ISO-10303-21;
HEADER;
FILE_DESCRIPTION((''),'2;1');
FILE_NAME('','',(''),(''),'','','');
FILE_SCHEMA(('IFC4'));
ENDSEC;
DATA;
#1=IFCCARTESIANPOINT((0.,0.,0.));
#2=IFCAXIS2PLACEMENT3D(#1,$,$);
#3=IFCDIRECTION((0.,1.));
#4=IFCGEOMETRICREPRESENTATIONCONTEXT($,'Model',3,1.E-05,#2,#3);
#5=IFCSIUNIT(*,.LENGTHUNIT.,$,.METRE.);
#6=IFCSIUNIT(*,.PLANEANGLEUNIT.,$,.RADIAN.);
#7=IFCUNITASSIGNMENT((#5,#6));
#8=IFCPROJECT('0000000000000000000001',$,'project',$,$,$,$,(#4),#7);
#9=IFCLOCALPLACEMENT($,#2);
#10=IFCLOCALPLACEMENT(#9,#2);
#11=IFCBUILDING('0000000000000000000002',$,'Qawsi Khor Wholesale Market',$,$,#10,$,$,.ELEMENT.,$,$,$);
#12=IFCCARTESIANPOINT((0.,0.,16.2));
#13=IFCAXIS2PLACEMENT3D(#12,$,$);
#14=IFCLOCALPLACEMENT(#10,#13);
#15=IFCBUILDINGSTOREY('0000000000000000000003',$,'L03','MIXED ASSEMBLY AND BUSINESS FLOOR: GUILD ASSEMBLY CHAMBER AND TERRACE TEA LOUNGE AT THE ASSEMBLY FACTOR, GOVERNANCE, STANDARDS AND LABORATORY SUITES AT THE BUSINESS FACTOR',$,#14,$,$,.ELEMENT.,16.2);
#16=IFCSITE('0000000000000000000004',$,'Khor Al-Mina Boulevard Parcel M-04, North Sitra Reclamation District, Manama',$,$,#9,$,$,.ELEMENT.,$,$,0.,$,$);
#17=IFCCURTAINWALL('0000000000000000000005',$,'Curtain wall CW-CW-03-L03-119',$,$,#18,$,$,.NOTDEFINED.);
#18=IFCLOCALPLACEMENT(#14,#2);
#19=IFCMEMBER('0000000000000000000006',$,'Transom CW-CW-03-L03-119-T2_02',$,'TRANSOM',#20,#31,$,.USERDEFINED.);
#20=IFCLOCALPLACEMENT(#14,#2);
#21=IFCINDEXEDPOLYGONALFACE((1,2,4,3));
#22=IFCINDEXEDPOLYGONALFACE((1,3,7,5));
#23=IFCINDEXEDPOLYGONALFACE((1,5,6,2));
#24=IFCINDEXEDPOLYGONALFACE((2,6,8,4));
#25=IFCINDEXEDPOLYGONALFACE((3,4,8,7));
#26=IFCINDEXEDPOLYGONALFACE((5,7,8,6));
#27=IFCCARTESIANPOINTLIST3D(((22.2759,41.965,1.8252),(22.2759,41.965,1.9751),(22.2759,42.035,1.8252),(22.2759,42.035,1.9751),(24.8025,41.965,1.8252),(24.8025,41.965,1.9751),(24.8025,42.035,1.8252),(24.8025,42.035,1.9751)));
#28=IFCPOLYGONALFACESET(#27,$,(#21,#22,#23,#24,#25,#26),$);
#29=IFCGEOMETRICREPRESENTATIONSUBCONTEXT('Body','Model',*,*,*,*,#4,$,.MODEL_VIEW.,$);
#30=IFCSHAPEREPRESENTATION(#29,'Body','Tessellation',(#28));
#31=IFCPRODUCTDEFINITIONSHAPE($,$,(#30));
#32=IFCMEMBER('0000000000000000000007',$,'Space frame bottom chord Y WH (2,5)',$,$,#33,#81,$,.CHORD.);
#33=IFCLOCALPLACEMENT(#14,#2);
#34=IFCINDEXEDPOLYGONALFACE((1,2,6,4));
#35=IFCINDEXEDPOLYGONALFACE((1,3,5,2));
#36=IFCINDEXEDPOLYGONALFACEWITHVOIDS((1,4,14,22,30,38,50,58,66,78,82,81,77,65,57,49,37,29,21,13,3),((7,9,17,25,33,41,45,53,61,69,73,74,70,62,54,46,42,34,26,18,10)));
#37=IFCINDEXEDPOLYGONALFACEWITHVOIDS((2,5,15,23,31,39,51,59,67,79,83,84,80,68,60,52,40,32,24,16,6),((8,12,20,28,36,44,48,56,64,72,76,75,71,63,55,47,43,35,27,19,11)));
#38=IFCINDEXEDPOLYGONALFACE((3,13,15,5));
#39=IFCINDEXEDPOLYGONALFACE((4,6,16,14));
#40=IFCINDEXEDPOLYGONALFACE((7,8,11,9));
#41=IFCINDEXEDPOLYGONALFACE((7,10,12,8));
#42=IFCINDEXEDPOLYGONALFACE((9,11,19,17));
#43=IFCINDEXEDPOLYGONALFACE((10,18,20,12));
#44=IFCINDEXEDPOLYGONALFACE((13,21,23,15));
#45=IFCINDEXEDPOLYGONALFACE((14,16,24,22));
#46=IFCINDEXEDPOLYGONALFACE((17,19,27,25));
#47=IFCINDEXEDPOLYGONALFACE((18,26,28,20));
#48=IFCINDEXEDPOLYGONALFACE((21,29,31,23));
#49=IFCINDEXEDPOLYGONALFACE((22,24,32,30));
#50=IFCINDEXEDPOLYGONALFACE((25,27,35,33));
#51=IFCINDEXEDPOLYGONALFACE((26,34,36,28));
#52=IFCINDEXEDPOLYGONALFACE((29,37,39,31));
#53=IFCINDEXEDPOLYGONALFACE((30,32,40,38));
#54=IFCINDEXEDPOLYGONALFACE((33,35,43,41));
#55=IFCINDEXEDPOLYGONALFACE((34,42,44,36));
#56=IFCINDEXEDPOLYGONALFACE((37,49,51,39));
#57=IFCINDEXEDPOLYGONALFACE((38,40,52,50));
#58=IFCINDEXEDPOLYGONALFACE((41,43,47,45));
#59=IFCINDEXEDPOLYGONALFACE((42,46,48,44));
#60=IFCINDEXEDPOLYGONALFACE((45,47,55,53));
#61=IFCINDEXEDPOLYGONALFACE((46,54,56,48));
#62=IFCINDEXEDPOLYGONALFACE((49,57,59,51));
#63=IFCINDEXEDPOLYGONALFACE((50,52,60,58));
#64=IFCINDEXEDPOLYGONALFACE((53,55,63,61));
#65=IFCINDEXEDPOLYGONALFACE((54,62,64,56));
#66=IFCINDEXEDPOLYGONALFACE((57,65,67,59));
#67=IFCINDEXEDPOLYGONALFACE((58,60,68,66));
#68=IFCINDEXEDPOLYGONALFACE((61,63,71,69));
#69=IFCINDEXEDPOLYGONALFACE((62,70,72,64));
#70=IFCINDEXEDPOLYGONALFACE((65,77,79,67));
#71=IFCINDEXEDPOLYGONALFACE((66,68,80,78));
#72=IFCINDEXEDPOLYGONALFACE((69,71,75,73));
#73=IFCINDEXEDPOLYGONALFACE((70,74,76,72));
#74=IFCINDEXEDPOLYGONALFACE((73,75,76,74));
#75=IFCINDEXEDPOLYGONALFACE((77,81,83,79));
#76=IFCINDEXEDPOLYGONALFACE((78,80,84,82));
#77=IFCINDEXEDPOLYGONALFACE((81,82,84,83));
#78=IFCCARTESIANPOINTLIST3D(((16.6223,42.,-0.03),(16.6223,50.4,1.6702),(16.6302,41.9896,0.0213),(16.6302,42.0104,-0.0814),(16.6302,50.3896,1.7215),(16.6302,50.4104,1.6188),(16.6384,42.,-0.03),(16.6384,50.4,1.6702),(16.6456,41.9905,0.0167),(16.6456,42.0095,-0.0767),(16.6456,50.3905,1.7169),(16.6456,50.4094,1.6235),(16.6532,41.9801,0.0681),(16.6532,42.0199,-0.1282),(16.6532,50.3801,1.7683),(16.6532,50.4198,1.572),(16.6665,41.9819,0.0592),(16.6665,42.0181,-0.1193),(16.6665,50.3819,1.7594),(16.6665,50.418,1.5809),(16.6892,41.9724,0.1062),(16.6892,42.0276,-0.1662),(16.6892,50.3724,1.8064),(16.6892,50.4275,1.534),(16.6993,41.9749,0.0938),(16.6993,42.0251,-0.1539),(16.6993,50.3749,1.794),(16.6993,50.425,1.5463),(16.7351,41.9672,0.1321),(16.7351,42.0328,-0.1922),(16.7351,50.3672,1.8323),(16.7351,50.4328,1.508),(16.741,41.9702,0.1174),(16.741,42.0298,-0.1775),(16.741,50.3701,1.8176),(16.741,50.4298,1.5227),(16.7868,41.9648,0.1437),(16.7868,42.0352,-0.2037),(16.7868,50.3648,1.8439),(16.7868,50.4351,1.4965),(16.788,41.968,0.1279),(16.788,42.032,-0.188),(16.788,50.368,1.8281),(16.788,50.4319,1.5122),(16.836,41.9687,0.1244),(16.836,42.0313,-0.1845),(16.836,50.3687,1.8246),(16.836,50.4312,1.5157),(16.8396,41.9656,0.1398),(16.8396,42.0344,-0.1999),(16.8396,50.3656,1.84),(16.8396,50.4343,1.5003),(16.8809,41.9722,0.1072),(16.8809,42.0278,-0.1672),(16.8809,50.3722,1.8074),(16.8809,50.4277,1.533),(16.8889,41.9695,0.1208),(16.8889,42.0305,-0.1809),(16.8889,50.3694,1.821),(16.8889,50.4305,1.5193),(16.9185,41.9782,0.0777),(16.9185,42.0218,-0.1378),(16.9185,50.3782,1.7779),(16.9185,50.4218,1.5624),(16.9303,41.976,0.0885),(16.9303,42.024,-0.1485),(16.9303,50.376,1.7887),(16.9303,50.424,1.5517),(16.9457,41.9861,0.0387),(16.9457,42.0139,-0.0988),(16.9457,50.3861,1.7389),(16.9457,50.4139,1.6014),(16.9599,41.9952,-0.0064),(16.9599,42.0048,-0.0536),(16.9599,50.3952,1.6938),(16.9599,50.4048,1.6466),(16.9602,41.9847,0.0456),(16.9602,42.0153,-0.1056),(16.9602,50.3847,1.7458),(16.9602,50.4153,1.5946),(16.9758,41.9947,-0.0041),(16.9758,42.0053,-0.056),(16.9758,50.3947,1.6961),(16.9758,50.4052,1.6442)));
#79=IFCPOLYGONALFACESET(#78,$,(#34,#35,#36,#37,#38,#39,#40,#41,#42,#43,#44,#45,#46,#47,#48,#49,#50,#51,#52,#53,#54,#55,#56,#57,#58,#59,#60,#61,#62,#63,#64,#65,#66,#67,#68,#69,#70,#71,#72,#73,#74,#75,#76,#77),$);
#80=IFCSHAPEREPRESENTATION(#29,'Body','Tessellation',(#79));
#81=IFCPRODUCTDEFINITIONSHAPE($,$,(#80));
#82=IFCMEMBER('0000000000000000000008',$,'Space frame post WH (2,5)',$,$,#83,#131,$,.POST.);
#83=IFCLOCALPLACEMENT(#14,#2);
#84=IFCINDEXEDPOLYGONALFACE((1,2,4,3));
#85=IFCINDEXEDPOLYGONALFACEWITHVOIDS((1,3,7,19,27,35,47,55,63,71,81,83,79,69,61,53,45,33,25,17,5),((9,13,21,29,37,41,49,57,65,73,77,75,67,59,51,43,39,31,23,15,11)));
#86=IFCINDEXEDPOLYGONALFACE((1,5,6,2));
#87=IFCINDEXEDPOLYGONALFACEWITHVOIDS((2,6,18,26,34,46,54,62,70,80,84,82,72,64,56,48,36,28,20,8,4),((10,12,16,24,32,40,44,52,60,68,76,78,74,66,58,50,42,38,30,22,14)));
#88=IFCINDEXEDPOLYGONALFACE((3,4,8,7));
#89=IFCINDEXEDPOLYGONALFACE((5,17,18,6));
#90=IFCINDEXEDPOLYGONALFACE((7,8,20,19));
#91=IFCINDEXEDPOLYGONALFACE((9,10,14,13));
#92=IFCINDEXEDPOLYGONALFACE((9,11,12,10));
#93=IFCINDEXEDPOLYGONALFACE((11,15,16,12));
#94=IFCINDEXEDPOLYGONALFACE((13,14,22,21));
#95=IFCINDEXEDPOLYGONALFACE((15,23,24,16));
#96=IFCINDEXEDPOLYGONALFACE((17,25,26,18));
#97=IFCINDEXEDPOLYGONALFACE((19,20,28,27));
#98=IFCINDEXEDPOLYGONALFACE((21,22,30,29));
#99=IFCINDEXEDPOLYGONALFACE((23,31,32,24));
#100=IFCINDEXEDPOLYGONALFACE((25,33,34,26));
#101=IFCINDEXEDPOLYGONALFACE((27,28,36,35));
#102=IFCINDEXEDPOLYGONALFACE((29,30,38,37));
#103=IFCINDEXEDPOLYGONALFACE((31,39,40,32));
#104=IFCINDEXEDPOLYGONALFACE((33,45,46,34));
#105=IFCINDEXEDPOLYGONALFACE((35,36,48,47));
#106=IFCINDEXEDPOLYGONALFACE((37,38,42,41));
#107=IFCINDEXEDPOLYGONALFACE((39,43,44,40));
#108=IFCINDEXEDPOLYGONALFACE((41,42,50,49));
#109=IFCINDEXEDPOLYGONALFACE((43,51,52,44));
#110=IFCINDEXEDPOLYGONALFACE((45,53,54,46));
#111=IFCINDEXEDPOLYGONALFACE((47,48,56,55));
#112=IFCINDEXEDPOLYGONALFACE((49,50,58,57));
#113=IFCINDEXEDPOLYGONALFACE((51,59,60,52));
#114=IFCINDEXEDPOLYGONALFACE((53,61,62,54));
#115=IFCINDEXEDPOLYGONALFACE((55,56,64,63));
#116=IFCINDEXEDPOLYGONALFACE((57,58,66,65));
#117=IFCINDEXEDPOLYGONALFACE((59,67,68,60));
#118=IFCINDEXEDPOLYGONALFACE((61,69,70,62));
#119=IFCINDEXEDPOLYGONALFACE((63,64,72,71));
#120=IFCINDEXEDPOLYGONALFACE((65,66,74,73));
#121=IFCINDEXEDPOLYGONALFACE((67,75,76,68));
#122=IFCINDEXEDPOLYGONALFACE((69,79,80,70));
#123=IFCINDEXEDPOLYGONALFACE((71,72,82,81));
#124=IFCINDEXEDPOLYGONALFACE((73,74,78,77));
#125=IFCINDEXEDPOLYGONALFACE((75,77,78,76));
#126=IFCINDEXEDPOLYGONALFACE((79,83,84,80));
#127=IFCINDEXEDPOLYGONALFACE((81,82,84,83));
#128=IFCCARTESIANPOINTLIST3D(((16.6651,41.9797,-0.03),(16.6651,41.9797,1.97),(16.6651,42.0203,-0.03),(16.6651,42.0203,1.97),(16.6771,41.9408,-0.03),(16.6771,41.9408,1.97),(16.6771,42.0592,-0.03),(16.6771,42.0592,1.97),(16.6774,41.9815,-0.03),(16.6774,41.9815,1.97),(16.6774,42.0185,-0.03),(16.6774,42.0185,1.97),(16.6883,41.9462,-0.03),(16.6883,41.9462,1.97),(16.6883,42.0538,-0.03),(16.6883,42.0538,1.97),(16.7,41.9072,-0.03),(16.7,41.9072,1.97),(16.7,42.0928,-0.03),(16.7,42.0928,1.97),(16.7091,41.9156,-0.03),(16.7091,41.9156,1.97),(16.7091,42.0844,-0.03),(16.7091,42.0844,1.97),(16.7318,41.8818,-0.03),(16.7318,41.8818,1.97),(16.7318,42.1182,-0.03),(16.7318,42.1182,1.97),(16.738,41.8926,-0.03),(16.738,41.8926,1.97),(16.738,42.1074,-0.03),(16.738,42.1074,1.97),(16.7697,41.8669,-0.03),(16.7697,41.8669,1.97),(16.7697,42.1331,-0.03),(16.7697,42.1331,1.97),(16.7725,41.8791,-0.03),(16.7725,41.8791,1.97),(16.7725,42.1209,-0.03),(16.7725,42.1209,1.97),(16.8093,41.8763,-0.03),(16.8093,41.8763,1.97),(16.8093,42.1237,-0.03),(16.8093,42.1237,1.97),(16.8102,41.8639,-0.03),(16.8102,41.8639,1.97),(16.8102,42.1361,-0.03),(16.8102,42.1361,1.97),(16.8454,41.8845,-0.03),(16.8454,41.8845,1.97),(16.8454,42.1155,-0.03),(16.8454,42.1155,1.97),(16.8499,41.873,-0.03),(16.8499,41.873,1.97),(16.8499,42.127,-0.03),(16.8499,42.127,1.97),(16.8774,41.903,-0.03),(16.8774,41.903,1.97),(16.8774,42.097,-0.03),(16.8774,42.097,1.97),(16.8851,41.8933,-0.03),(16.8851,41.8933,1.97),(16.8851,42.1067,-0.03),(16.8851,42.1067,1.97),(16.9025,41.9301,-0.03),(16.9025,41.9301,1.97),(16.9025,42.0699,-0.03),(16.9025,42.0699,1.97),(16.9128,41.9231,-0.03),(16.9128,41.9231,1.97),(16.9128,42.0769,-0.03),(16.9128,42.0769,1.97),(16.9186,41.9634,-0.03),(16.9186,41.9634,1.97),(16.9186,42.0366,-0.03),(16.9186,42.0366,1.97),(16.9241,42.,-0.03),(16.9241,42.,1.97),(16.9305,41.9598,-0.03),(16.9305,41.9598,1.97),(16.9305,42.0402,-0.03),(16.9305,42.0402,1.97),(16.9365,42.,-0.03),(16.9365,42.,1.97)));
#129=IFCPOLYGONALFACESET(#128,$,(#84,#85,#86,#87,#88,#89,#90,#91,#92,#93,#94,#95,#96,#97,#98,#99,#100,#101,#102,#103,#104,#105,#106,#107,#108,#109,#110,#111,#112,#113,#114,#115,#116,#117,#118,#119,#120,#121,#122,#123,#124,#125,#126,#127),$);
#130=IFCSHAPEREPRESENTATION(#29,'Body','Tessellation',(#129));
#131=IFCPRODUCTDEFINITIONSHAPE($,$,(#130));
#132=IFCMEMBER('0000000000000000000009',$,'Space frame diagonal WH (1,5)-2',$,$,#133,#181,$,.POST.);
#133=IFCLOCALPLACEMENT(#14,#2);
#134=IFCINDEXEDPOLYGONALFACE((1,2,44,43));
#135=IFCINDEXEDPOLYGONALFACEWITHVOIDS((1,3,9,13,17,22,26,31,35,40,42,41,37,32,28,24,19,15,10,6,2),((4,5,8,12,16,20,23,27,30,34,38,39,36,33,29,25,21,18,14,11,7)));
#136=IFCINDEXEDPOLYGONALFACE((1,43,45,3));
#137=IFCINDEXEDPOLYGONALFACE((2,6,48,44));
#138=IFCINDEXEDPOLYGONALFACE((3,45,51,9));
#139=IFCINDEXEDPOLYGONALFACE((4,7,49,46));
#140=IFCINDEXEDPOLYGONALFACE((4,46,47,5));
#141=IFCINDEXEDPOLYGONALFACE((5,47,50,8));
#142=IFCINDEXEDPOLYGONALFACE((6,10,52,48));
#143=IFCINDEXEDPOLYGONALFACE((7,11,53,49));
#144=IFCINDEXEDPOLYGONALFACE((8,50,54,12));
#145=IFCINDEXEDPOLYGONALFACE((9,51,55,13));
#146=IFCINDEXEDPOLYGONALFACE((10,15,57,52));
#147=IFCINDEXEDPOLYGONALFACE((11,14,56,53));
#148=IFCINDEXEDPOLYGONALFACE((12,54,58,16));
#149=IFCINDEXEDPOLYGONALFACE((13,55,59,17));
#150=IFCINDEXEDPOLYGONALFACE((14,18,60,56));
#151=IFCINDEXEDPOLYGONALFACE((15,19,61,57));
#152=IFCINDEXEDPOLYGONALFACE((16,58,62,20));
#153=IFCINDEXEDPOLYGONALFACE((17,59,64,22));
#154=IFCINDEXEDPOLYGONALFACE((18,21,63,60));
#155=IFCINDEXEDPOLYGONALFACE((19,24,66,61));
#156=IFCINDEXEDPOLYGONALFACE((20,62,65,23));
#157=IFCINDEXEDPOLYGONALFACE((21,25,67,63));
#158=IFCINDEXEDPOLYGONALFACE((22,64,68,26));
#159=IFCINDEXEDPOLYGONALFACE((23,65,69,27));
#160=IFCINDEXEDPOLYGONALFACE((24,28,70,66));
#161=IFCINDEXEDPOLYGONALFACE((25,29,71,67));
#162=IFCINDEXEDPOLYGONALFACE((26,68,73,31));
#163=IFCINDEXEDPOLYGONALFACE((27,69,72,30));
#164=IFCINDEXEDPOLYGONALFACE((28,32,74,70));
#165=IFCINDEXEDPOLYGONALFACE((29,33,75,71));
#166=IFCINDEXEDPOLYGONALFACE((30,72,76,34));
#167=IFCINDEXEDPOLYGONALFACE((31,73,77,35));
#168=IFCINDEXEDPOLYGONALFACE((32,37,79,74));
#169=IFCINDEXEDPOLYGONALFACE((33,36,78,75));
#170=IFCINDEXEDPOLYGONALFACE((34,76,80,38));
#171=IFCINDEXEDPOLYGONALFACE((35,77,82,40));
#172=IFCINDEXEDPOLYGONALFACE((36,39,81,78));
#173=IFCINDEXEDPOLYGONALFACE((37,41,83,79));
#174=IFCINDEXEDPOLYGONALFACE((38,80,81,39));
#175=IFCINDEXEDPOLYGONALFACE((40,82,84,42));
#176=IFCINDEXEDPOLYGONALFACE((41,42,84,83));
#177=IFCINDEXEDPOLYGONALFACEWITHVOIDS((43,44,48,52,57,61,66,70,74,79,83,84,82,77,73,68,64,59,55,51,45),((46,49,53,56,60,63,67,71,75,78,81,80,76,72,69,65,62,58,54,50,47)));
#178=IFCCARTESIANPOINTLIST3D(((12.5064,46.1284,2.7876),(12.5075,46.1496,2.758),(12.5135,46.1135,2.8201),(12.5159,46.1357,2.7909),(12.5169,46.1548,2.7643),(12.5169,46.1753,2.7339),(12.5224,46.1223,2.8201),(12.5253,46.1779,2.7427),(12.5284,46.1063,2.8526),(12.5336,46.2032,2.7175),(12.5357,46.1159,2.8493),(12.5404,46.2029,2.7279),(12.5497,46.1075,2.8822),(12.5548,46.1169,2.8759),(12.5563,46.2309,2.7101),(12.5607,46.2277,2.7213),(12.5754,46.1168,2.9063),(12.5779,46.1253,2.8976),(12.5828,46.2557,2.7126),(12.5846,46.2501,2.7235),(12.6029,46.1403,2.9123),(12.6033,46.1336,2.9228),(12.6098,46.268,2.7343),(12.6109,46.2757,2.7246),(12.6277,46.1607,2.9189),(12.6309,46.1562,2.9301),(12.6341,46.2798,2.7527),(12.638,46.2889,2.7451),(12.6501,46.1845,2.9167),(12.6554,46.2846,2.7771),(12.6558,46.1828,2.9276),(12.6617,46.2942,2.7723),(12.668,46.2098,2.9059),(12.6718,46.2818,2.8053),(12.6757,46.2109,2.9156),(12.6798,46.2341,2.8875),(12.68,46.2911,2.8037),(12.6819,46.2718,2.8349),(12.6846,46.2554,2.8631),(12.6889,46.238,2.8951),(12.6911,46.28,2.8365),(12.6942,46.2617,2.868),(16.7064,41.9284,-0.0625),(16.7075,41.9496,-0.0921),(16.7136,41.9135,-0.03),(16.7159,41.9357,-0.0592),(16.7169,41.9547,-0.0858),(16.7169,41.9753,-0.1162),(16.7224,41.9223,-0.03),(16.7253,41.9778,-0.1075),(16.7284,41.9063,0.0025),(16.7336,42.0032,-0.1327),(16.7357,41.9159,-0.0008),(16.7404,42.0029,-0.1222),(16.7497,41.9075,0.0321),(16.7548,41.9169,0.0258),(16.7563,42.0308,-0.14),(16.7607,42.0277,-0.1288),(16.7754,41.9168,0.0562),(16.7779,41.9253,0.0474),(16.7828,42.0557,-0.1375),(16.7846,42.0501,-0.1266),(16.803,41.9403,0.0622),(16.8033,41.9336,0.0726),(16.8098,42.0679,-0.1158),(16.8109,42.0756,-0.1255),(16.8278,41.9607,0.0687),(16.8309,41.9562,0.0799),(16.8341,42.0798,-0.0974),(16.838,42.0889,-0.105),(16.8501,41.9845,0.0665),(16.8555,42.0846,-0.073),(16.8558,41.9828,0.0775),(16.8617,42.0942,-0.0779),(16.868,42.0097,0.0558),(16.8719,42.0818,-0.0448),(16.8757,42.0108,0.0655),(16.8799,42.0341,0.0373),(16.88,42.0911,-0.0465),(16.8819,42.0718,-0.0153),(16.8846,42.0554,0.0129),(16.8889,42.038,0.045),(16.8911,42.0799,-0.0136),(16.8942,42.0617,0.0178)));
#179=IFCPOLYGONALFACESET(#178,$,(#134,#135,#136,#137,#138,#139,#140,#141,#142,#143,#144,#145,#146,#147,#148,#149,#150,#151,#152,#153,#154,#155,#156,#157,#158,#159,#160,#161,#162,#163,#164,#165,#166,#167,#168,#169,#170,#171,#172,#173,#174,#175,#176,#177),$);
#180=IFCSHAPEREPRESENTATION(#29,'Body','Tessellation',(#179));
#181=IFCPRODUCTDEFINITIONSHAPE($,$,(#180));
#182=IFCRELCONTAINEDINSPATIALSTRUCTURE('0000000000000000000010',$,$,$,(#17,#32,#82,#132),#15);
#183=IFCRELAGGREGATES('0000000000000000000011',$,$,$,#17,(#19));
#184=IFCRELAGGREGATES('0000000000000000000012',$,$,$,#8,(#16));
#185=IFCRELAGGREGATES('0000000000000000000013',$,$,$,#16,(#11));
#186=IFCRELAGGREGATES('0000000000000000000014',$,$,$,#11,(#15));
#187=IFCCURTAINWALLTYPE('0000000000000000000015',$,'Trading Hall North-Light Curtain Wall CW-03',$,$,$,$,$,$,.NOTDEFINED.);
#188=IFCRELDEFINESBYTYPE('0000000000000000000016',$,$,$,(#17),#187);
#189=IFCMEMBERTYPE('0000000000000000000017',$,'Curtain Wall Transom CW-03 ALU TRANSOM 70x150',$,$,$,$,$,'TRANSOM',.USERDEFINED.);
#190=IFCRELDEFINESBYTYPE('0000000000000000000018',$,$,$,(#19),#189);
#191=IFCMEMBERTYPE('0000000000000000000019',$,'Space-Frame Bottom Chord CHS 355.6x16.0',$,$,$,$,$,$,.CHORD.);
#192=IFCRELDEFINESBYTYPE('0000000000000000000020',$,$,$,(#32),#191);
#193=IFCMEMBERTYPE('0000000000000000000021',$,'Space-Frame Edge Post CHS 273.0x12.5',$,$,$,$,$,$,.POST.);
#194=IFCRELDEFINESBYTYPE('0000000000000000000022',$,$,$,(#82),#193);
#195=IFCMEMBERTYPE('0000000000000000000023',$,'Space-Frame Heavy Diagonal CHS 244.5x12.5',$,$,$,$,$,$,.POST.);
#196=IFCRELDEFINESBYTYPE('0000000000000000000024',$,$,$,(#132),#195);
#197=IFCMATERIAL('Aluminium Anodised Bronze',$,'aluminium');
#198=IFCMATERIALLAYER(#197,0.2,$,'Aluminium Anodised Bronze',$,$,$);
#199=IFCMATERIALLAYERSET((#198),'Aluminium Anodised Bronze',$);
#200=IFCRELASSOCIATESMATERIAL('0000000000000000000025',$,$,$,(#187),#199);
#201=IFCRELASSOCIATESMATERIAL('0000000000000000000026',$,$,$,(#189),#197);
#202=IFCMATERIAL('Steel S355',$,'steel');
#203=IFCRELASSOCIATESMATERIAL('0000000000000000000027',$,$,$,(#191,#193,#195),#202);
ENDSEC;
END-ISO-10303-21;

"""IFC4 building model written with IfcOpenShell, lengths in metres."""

from ifc_helpers import new_model, si_unit, direction, frame, origin, origin_2d, place, context, subcontext, project, spatial, rectangle, hollow_circle, extrude, material, layer, layer_set, material_profile, profile_set, type_object, element, aggregate, save


model = new_model("IFC4")

# Units and contexts
model_context = context("Model", 3, precision=1e-05, world=origin(), true_north=direction((0.0, 1.0)))
body_context = subcontext(model_context, "Body", "Model", "MODEL_VIEW")
ifc_project = project(units=[si_unit("LENGTHUNIT", "METRE"), si_unit("PLANEANGLEUNIT", "RADIAN")], contexts=[model_context])

# Site, building, storey
site_placement = place(None, origin())
site = spatial("IfcSite", under=ifc_project, at=site_placement, Name="Khor Al-Mina Boulevard Parcel M-04, North Sitra Reclamation District, Manama", CompositionType="ELEMENT", RefElevation=0.0)
building_placement = place(site_placement, origin())
building = spatial("IfcBuilding", under=site, at=building_placement, Name="Qawsi Khor Wholesale Market", CompositionType="ELEMENT")
storey_placement = place(building_placement, frame((0.0, 0.0, 16.2)))
storey = spatial("IfcBuildingStorey", under=building, at=storey_placement, Name="L03", Description="MIXED ASSEMBLY AND BUSINESS FLOOR: GUILD ASSEMBLY CHAMBER AND TERRACE TEA LOUNGE AT THE ASSEMBLY FACTOR, GOVERNANCE, STANDARDS AND LABORATORY SUITES AT THE BUSINESS FACTOR", CompositionType="ELEMENT", Elevation=16.2)

# Shared definitions
ifc_material_1 = material(Name="Aluminium Anodised Bronze", Category="aluminium")
ifc_layer_1 = layer(ifc_material_1, 0.2, Name="Aluminium Anodised Bronze")
ifc_layer_set_1 = layer_set([ifc_layer_1], Name="Aluminium Anodised Bronze")
curtain_wall_type = type_object("IfcCurtainWallType", Name="Trading Hall North-Light Curtain Wall CW-03", PredefinedType="NOTDEFINED", material=ifc_layer_set_1)

# Curtain wall
curtain_wall_1_placement = place(storey_placement, origin())
curtain_wall_1 = element("IfcCurtainWall", 1, at=curtain_wall_1_placement, inside=storey, type_object=curtain_wall_type, Name="Curtain wall CW-CW-03-L03-119", PredefinedType="NOTDEFINED")

# Member
ifc_material_profile_1 = material_profile(ifc_material_1, rectangle(XDim=0.0701, YDim=0.1499, at=origin_2d()), Name="ALU TRANSOM 70x150")
ifc_profile_set_1 = profile_set([ifc_material_profile_1], Name="Aluminium Anodised Bronze")
member_type_1 = type_object("IfcMemberType", Name="Curtain Wall Transom CW-03 ALU TRANSOM 70x150", ElementType="TRANSOM", PredefinedType="USERDEFINED", material=ifc_profile_set_1)
member_1_placement = place(storey_placement, frame((22.2759, 42.0, 1.9001), z_axis=(1.0, 0.0, 0.0), x_axis=(0.0, 1.0, 0.0)))
member_1 = element("IfcMember", 2, at=member_1_placement, type_object=member_type_1, Name="Transom CW-CW-03-L03-119-T2_02", ObjectType="TRANSOM", PredefinedType="USERDEFINED", context=body_context, shape_type="SweptSolid", body=[
    extrude(rectangle(XDim=0.0701, YDim=0.1499, at=origin_2d()), origin(), (0.0, 0.0, 1.0), 2.5266),
])

# Members
ifc_material_2 = material(Name="Steel S355", Category="steel")
ifc_material_profile_2 = material_profile(ifc_material_2, hollow_circle(Radius=0.1777, WallThickness=0.0161, at=origin_2d()), Name="CHS 355.6x16.0")
ifc_profile_set_2 = profile_set([ifc_material_profile_2], Name="Steel S355")
member_type_2 = type_object("IfcMemberType", Name="Space-Frame Bottom Chord CHS 355.6x16.0", PredefinedType="CHORD", material=ifc_profile_set_2)
member_2_placement = place(storey_placement, frame((16.8, 42.0, -0.03), z_axis=(0.0, 0.980124, 0.198384), x_axis=(-1.0, 0.0, 0.0)))
element("IfcMember", 3, at=member_2_placement, inside=storey, type_object=member_type_2, Name="Space frame bottom chord Y WH (2,5)", PredefinedType="CHORD", context=body_context, shape_type="SweptSolid", body=[
    extrude(hollow_circle(Radius=0.1777, WallThickness=0.0161, at=origin_2d()), origin(), (0.0, 0.0, 1.0), 8.5703),
])
ifc_material_profile_3 = material_profile(ifc_material_2, hollow_circle(Radius=0.1365, WallThickness=0.0125, at=origin_2d()), Name="CHS 273.0x12.5")
ifc_profile_set_3 = profile_set([ifc_material_profile_3], Name="Steel S355")
member_type_3 = type_object("IfcMemberType", Name="Space-Frame Edge Post CHS 273.0x12.5", PredefinedType="POST", material=ifc_profile_set_3)
member_3_placement = place(storey_placement, frame((16.8, 42.0, -0.03), z_axis=(0.0, 0.0, 1.0), x_axis=(1.0, 0.0, 0.0)))
element("IfcMember", 4, at=member_3_placement, inside=storey, type_object=member_type_3, Name="Space frame post WH (2,5)", PredefinedType="POST", context=body_context, shape_type="SweptSolid", body=[
    extrude(hollow_circle(Radius=0.1365, WallThickness=0.0125, at=origin_2d()), origin(), (0.0, 0.0, 1.0), 2.0),
])
ifc_material_profile_4 = material_profile(ifc_material_2, hollow_circle(Radius=0.1223, WallThickness=0.0125, at=origin_2d()), Name="CHS 244.5x12.5")
ifc_profile_set_4 = profile_set([ifc_material_profile_4], Name="Steel S355")
member_type_4 = type_object("IfcMemberType", Name="Space-Frame Heavy Diagonal CHS 244.5x12.5", PredefinedType="POST", material=ifc_profile_set_4)
for number, where, z_axis, x_axis, name in (
    (5, (16.8, 42.0, -0.03), (-0.637512, 0.637512, 0.432617), (-0.707107, -0.707107, 0.0), "Space frame diagonal WH (1,5)-2"),
):
    element("IfcMember", number, at=place(storey_placement, frame(where, z_axis=z_axis, x_axis=x_axis)), inside=storey, type_object=member_type_4, Name=name, PredefinedType="POST", context=body_context, shape_type="SweptSolid", body=[
        extrude(hollow_circle(Radius=0.1223, WallThickness=0.0125, at=origin_2d()), origin(), (0.0, 0.0, 1.0), 6.5881),
    ])

aggregate(curtain_wall_1, [member_1])

save(model, "model.ifc")
